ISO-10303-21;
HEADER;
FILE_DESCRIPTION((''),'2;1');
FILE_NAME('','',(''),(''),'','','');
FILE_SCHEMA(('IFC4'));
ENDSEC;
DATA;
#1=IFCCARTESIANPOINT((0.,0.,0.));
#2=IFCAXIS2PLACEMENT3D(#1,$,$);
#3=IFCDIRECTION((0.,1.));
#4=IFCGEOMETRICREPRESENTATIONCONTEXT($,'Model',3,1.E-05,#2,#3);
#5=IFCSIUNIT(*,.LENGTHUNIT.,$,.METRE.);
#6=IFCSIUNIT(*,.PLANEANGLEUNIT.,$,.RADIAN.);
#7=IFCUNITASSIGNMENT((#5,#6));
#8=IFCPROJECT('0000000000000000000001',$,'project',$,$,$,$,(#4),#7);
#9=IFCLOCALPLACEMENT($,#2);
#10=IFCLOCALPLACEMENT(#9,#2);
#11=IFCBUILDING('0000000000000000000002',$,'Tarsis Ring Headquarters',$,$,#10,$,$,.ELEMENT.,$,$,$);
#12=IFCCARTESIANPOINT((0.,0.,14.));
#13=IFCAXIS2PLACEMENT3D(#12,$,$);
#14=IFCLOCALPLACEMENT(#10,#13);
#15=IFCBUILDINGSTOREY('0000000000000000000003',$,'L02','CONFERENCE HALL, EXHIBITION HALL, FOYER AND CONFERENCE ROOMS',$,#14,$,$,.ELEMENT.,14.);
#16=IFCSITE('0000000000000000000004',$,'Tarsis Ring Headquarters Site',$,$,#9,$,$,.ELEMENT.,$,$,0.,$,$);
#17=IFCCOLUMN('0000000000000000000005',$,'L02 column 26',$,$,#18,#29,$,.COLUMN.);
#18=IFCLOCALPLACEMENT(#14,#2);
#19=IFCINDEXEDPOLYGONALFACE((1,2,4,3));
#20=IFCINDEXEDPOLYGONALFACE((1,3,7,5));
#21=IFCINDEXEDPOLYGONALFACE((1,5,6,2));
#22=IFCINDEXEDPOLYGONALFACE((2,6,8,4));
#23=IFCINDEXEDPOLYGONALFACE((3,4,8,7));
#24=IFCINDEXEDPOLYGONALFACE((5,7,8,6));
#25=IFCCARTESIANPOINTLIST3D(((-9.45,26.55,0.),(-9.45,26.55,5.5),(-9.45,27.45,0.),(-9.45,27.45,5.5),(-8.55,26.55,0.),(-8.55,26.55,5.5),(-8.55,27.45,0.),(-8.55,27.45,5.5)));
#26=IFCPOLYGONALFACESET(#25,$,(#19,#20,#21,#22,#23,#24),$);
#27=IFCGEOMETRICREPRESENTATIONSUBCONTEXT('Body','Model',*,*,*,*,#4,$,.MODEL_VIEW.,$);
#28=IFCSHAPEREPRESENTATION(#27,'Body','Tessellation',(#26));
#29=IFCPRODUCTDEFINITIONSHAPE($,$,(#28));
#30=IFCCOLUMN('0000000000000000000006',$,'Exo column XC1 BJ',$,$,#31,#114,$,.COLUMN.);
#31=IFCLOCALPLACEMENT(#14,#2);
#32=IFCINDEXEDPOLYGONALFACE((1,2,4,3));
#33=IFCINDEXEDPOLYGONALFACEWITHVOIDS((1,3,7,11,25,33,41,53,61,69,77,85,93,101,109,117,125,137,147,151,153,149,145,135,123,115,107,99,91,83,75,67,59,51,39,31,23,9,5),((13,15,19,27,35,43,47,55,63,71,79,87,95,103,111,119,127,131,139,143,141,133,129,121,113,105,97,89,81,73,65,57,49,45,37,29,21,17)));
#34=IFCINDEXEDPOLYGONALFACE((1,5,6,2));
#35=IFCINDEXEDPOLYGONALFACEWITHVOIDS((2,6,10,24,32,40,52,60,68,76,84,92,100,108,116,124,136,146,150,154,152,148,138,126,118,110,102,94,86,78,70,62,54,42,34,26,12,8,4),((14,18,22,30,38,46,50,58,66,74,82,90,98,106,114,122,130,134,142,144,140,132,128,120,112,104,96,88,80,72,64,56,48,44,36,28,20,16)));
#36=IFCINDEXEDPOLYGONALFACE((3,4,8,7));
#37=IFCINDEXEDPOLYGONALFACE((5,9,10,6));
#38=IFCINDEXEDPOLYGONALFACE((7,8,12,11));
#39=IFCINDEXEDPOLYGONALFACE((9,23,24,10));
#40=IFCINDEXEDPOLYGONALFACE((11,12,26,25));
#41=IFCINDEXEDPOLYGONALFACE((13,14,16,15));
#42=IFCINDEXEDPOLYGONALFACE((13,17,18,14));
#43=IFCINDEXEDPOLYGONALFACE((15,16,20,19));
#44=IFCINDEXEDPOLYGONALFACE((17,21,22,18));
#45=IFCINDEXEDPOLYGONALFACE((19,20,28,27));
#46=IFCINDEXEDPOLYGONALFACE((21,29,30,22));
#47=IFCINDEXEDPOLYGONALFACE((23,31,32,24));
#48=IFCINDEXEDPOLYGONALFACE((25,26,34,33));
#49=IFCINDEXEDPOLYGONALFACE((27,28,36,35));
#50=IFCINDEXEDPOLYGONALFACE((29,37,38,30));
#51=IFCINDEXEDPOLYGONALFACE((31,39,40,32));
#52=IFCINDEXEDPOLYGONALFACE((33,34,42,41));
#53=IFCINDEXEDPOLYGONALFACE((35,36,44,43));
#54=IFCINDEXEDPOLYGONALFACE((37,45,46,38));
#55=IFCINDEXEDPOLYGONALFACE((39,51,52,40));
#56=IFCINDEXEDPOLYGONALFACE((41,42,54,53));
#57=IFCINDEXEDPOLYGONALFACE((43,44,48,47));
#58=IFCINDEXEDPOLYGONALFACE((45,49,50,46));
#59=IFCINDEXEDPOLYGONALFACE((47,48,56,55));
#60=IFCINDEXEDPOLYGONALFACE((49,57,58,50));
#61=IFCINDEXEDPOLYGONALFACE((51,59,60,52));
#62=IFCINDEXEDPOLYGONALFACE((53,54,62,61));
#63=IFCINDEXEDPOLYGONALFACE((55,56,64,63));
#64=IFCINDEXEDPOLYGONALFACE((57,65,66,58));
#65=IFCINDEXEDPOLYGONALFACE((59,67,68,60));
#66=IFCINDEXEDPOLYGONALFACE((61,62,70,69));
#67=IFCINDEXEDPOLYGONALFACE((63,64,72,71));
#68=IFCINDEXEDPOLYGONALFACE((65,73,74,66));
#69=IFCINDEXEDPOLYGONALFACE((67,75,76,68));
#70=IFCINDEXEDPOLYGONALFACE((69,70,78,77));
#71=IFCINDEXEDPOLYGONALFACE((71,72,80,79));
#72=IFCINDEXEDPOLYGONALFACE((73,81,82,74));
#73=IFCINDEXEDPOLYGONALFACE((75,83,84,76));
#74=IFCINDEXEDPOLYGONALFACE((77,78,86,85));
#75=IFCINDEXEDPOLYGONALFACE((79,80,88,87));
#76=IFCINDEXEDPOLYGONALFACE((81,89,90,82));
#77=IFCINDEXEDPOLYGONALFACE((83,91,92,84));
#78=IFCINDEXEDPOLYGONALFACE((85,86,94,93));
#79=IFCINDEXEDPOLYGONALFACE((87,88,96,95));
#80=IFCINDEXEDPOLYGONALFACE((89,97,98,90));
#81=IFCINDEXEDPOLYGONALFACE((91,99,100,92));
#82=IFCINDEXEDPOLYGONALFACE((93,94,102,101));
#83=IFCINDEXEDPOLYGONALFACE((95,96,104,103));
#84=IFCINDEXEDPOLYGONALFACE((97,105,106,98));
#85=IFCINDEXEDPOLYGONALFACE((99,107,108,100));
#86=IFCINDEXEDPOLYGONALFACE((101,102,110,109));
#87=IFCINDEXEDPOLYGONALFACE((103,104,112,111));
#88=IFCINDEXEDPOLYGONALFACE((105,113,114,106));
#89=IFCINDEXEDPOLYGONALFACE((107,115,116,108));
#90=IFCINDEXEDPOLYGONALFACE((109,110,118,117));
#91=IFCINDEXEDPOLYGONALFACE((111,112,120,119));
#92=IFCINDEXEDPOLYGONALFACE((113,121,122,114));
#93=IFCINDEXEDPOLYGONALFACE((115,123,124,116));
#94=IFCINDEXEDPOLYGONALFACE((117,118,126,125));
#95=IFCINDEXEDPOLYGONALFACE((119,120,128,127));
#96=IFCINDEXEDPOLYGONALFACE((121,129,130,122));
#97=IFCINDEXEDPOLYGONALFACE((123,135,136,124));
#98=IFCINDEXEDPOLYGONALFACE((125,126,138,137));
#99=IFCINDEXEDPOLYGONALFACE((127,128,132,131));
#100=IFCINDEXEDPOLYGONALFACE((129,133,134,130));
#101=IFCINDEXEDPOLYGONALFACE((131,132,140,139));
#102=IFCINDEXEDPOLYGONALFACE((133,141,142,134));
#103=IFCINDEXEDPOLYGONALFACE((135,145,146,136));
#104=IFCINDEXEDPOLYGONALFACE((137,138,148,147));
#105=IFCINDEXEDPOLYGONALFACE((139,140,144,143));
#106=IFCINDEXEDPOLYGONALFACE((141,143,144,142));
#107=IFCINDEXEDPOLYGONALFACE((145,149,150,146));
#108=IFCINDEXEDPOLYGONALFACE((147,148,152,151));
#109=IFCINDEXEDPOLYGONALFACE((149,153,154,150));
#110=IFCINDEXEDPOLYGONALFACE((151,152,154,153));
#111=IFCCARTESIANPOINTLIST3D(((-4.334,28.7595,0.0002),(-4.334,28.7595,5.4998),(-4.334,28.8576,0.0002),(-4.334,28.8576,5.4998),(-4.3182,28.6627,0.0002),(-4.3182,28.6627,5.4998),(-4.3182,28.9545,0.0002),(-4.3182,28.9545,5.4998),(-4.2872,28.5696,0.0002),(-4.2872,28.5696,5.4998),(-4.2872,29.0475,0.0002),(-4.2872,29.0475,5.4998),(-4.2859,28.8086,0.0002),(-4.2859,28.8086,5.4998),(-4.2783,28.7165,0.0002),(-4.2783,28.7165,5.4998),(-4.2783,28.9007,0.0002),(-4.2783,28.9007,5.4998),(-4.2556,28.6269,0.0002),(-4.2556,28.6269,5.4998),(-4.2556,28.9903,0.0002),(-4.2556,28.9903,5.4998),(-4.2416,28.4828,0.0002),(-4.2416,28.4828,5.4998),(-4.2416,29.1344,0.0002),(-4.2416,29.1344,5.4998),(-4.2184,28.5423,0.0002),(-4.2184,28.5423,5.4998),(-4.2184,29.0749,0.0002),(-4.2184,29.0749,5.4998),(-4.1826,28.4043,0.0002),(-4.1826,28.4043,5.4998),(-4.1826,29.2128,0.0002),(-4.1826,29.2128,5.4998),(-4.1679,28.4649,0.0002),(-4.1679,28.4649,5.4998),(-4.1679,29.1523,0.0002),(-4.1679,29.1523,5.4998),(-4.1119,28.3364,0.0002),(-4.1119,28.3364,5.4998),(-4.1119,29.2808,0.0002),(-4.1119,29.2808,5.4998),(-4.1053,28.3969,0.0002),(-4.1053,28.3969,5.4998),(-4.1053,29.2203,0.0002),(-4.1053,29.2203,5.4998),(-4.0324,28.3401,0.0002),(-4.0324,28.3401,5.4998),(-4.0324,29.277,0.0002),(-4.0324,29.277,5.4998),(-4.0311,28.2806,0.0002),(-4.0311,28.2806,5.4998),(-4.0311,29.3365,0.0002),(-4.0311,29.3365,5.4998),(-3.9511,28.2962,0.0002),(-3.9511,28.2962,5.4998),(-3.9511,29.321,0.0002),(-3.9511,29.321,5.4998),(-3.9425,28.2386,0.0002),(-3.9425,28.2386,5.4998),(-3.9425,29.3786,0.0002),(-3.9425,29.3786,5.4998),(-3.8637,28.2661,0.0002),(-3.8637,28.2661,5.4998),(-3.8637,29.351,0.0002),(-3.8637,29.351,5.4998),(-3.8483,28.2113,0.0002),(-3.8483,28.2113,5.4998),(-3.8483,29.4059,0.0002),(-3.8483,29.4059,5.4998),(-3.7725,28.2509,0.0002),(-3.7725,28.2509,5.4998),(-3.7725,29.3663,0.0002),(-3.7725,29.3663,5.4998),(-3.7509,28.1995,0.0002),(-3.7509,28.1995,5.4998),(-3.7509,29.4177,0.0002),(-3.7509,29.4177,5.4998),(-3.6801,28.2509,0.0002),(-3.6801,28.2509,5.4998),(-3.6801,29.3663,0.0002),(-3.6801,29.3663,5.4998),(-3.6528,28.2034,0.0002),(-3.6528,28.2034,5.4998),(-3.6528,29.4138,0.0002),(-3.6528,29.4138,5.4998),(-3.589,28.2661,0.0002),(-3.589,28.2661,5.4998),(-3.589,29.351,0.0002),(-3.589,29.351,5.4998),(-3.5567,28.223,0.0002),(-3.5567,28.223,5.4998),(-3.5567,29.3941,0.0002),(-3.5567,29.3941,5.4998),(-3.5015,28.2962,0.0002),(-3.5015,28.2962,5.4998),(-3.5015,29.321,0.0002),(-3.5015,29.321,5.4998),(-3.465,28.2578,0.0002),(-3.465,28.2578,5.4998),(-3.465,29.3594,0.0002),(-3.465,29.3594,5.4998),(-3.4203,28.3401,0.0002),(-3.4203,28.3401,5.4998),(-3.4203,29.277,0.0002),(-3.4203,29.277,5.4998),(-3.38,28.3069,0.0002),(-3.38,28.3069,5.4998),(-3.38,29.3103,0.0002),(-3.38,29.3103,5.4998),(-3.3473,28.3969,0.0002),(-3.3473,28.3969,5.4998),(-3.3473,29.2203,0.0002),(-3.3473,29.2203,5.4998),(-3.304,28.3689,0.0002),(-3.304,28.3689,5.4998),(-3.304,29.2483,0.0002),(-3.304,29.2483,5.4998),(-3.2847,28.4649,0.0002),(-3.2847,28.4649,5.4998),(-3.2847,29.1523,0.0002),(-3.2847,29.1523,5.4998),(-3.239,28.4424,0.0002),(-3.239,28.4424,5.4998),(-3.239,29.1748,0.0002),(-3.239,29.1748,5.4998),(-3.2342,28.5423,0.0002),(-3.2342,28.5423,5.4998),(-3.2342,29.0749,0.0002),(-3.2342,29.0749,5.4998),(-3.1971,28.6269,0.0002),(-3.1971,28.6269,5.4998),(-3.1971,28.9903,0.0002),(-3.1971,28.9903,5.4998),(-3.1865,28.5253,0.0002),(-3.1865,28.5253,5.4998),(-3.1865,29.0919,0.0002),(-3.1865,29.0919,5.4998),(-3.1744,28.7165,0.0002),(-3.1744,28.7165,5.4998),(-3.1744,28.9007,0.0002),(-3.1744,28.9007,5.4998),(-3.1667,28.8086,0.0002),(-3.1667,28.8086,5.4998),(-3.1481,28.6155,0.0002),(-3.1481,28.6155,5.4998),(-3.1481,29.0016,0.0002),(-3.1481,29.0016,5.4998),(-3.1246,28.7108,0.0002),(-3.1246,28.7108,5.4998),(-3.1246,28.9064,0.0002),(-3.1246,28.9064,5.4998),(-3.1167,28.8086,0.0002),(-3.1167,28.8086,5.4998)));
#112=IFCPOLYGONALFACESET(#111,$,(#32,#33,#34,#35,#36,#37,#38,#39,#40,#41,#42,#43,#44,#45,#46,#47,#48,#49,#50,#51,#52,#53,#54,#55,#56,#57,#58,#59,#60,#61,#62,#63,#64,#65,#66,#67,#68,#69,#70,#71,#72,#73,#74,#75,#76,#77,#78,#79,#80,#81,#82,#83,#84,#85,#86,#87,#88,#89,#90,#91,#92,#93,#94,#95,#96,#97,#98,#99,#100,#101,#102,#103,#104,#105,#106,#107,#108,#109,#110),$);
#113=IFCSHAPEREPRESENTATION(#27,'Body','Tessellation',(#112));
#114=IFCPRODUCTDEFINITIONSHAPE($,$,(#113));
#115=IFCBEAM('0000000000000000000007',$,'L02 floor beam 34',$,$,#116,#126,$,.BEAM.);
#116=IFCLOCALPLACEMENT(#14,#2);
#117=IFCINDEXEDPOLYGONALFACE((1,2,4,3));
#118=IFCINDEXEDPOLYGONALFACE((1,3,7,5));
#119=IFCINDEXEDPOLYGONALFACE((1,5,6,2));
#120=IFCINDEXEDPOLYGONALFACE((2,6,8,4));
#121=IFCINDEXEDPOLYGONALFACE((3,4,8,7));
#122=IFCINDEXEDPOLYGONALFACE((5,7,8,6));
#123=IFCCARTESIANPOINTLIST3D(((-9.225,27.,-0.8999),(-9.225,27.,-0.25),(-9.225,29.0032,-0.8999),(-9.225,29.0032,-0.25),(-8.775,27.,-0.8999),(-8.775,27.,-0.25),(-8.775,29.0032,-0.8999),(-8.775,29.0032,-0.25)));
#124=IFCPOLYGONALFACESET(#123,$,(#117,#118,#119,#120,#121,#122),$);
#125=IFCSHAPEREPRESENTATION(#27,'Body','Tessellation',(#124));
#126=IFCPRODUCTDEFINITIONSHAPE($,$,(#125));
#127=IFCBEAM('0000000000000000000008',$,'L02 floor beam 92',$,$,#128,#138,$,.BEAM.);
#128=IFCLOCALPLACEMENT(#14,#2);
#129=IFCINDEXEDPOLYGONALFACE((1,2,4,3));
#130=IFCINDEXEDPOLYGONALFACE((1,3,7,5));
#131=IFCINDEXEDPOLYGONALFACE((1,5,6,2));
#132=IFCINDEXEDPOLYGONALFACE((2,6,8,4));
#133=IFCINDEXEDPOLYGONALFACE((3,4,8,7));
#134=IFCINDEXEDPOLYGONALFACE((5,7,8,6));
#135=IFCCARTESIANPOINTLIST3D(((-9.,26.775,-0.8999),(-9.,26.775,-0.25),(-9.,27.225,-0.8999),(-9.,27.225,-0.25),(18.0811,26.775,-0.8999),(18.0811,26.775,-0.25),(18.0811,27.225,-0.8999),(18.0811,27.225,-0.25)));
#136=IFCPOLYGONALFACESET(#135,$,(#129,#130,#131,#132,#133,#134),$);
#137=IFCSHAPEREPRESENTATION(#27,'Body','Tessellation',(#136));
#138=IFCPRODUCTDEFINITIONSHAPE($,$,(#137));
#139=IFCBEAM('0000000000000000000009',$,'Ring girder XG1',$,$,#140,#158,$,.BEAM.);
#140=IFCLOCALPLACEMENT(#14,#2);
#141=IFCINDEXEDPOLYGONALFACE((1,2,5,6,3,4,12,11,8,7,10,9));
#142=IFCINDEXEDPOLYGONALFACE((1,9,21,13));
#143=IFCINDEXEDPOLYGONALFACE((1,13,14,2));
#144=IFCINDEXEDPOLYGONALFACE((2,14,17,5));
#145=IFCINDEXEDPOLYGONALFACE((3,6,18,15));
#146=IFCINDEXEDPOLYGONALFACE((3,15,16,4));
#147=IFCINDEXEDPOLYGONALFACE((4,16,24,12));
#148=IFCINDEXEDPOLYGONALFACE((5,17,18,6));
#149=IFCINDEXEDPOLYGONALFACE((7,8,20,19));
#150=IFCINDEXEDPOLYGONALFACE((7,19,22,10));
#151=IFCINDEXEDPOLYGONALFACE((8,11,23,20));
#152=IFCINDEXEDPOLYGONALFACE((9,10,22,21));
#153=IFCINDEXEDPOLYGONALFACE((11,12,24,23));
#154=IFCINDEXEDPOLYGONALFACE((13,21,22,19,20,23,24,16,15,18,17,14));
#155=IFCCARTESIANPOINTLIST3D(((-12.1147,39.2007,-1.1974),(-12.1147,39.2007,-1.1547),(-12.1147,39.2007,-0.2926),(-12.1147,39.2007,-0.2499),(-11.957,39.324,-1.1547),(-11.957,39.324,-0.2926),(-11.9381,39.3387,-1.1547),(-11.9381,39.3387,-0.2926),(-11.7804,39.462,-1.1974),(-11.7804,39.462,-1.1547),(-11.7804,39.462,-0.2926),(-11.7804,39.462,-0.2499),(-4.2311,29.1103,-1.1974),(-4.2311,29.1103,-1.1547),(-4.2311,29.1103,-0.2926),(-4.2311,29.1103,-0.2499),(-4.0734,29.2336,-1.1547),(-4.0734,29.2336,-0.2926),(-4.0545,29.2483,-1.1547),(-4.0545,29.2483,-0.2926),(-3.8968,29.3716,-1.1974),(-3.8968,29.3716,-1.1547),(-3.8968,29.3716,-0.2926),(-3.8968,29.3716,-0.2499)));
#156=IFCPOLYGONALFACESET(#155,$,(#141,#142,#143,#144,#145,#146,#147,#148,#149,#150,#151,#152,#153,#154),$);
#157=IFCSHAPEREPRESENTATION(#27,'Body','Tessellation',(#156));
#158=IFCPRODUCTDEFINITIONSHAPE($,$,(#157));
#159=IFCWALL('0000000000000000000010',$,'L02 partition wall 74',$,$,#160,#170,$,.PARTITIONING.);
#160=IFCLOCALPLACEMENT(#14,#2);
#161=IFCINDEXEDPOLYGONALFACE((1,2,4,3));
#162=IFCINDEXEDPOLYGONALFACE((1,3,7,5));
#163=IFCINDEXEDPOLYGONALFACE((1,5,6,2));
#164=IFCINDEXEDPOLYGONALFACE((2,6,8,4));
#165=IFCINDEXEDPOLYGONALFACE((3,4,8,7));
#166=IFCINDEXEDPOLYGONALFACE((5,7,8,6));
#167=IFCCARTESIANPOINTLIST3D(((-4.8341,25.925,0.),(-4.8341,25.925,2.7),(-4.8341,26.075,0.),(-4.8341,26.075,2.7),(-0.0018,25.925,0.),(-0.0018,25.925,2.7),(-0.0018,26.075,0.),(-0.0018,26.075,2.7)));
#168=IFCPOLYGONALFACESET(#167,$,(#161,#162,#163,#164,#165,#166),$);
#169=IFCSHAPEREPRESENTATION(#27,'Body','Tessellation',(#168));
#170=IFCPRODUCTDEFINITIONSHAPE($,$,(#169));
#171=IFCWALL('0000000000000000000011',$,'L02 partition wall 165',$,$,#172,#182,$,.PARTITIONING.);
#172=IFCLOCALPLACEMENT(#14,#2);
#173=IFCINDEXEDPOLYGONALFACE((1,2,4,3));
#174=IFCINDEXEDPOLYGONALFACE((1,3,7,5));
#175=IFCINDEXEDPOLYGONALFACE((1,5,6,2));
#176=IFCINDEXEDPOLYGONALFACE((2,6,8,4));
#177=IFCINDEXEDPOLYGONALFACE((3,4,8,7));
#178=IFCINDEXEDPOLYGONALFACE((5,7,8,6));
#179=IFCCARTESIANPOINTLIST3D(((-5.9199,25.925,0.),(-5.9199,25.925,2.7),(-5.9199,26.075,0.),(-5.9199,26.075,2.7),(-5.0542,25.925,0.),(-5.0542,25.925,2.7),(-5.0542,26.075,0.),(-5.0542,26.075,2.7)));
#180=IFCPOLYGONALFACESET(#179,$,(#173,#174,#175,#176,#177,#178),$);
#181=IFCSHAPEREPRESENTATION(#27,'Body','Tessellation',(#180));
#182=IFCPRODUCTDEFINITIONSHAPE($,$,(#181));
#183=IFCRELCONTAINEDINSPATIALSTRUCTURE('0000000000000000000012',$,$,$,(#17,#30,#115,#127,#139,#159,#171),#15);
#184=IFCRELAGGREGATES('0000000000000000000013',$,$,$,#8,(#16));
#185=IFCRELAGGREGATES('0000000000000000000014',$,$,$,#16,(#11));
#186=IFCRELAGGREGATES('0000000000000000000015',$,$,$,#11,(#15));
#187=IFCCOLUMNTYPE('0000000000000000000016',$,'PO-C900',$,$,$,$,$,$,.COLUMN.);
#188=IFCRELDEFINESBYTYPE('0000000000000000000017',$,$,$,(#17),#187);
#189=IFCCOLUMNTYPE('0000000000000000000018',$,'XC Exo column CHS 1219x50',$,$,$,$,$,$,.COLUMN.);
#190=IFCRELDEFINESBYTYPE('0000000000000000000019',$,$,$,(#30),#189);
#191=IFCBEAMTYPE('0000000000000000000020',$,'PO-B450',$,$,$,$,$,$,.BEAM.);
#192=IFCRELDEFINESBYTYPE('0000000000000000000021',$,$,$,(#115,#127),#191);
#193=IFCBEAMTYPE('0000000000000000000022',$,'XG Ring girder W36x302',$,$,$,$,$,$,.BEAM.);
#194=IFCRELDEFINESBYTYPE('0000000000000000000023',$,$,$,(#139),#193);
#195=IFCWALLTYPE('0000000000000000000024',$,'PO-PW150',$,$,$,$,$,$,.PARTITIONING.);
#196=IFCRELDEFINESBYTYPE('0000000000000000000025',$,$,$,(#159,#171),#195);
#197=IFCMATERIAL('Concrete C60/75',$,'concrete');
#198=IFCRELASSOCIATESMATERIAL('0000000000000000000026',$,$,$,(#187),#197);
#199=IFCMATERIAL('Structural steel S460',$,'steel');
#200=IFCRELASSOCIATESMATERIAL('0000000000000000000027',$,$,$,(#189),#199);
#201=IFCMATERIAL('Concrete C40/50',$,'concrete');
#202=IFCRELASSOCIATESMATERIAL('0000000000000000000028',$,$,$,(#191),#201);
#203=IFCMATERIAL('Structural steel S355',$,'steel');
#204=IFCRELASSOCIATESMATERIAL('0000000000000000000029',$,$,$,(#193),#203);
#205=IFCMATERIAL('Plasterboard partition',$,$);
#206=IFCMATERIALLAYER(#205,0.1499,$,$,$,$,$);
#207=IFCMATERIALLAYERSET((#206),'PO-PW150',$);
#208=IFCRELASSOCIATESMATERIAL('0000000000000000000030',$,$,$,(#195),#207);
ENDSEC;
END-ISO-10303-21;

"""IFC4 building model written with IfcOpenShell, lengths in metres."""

from ifc_helpers import new_model, si_unit, direction, frame, frame_2d, origin, origin_2d, place, context, subcontext, project, spatial, rectangle, hollow_circle, i_section, extrude, material, layer, layer_set, material_profile, profile_set, type_object, element, save


model = new_model("IFC4")

# Units and contexts
model_context = context("Model", 3, precision=1e-05, world=origin(), true_north=direction((0.0, 1.0)))
body_context = subcontext(model_context, "Body", "Model", "MODEL_VIEW")
ifc_project = project(units=[si_unit("LENGTHUNIT", "METRE"), si_unit("PLANEANGLEUNIT", "RADIAN")], contexts=[model_context])

# Site, building, storey
site_placement = place(None, origin())
site = spatial("IfcSite", under=ifc_project, at=site_placement, Name="Tarsis Ring Headquarters Site", CompositionType="ELEMENT", RefElevation=0.0)
building_placement = place(site_placement, origin())
building = spatial("IfcBuilding", under=site, at=building_placement, Name="Tarsis Ring Headquarters", CompositionType="ELEMENT")
storey_placement = place(building_placement, frame((0.0, 0.0, 14.0)))
storey = spatial("IfcBuildingStorey", under=building, at=storey_placement, Name="L02", Description="CONFERENCE HALL, EXHIBITION HALL, FOYER AND CONFERENCE ROOMS", CompositionType="ELEMENT", Elevation=14.0)

# Columns
ifc_material_1 = material(Name="Concrete C60/75", Category="concrete")
ifc_material_profile_1 = material_profile(ifc_material_1, rectangle(XDim=0.8999, YDim=0.8999, at=origin_2d()), Name="PO-C900")
ifc_profile_set_1 = profile_set([ifc_material_profile_1], Name="Concrete C60/75")
column_type_1 = type_object("IfcColumnType", Name="PO-C900", PredefinedType="COLUMN", material=ifc_profile_set_1)
column_1_placement = place(storey_placement, frame((-9.0, 27.0, 0.0), z_axis=(0.0, 0.0, 1.0), x_axis=(1.0, 0.0, 0.0)))
element("IfcColumn", 1, at=column_1_placement, inside=storey, type_object=column_type_1, Name="L02 column 26", PredefinedType="COLUMN", context=body_context, shape_type="SweptSolid", body=[
    extrude(rectangle(XDim=0.8999, YDim=0.8999, at=origin_2d()), origin(), (0.0, 0.0, 1.0), 5.5),
])
ifc_material_2 = material(Name="Structural steel S460", Category="steel")
ifc_material_profile_2 = material_profile(ifc_material_2, hollow_circle(Radius=0.6096, WallThickness=0.05, at=origin_2d()), Name="CHS 1219x50")
ifc_profile_set_2 = profile_set([ifc_material_profile_2], Name="Structural steel S460")
column_type_2 = type_object("IfcColumnType", Name="XC Exo column CHS 1219x50", PredefinedType="COLUMN", material=ifc_profile_set_2)
column_2_placement = place(storey_placement, frame((-3.7263, 28.8086, 0.0002), z_axis=(0.0, 0.0, 1.0), x_axis=(1.0, 0.0, 0.0)))
element("IfcColumn", 2, at=column_2_placement, inside=storey, type_object=column_type_2, Name="Exo column XC1 BJ", PredefinedType="COLUMN", context=body_context, shape_type="SweptSolid", body=[
    extrude(hollow_circle(Radius=0.6096, WallThickness=0.05, at=origin_2d()), origin(), (0.0, 0.0, 1.0), 5.4995),
])

# Beams
ifc_material_3 = material(Name="Concrete C40/50", Category="concrete")
ifc_material_profile_3 = material_profile(ifc_material_3, rectangle(XDim=0.45, YDim=0.6499, at=origin_2d()), Name="PO-B450")
ifc_profile_set_3 = profile_set([ifc_material_profile_3], Name="Concrete C40/50")
beam_type_1 = type_object("IfcBeamType", Name="PO-B450", PredefinedType="BEAM", material=ifc_profile_set_3)
beam_1_placement = place(storey_placement, frame((-9.0, 27.0, -0.575), z_axis=(0.0, 1.0, 0.0), x_axis=(-1.0, 0.0, 0.0)))
element("IfcBeam", 3, at=beam_1_placement, inside=storey, type_object=beam_type_1, Name="L02 floor beam 34", PredefinedType="BEAM", context=body_context, shape_type="SweptSolid", body=[
    extrude(rectangle(XDim=0.45, YDim=0.6499, at=origin_2d()), origin(), (0.0, 0.0, 1.0), 2.0032),
])
beam_2_placement = place(storey_placement, frame((-9.0, 27.0, -0.575), z_axis=(1.0, 0.0, 0.0), x_axis=(0.0, 1.0, 0.0)))
element("IfcBeam", 4, at=beam_2_placement, inside=storey, type_object=beam_type_1, Name="L02 floor beam 92", PredefinedType="BEAM", context=body_context, shape_type="SweptSolid", body=[
    extrude(rectangle(XDim=0.45, YDim=0.6499, at=origin_2d()), origin(), (0.0, 0.0, 1.0), 27.0811),
])
ifc_material_4 = material(Name="Structural steel S355", Category="steel")
ifc_material_profile_4 = material_profile(ifc_material_4, i_section(OverallWidth=0.4243, OverallDepth=0.9475, WebThickness=0.0239, FlangeThickness=0.0427, at=origin_2d()), Name="W36x302")
ifc_profile_set_4 = profile_set([ifc_material_profile_4], Name="Structural steel S355")
beam_type_2 = type_object("IfcBeamType", Name="XG Ring girder W36x302", PredefinedType="BEAM", material=ifc_profile_set_4)
beam_3_placement = place(storey_placement, frame((-4.064, 29.241, -0.7236), z_axis=(-0.615667, 0.788006, 0.0), x_axis=(-0.788006, -0.615667, 0.0)))
element("IfcBeam", 5, at=beam_3_placement, inside=storey, type_object=beam_type_2, Name="Ring girder XG1", PredefinedType="BEAM", context=body_context, shape_type="SweptSolid", body=[
    extrude(i_section(OverallWidth=0.4243, OverallDepth=0.9475, WebThickness=0.0239, FlangeThickness=0.0427, at=origin_2d()), origin(), (0.0, 0.0, 1.0), 12.8049),
])

# Walls
ifc_material_5 = material(Name="Plasterboard partition")
ifc_layer_1 = layer(ifc_material_5, 0.1499)
ifc_layer_set_1 = layer_set([ifc_layer_1], Name="PO-PW150")
wall_type_1 = type_object("IfcWallType", Name="PO-PW150", PredefinedType="PARTITIONING", material=ifc_layer_set_1)
wall_1_placement = place(storey_placement, frame((-0.002, 26.0, 0.0), z_axis=(0.0, 0.0, 1.0), x_axis=(-1.0, 0.0, 0.0)))
element("IfcWall", 6, at=wall_1_placement, inside=storey, type_object=wall_type_1, Name="L02 partition wall 74", PredefinedType="PARTITIONING", context=body_context, shape_type="SweptSolid", body=[
    extrude(rectangle(XDim=4.8323, YDim=0.1499, at=frame_2d((2.416, 0.0))), origin(), (0.0, 0.0, 1.0), 2.7),
])
wall_2_placement = place(storey_placement, frame((-5.0542, 26.0, 0.0), z_axis=(0.0, 0.0, 1.0), x_axis=(-1.0, 0.0, 0.0)))
element("IfcWall", 7, at=wall_2_placement, inside=storey, type_object=wall_type_1, Name="L02 partition wall 165", PredefinedType="PARTITIONING", context=body_context, shape_type="SweptSolid", body=[
    extrude(rectangle(XDim=0.8657, YDim=0.1499, at=frame_2d((0.4329, 0.0))), origin(), (0.0, 0.0, 1.0), 2.7),
])

save(model, "model.ifc")
